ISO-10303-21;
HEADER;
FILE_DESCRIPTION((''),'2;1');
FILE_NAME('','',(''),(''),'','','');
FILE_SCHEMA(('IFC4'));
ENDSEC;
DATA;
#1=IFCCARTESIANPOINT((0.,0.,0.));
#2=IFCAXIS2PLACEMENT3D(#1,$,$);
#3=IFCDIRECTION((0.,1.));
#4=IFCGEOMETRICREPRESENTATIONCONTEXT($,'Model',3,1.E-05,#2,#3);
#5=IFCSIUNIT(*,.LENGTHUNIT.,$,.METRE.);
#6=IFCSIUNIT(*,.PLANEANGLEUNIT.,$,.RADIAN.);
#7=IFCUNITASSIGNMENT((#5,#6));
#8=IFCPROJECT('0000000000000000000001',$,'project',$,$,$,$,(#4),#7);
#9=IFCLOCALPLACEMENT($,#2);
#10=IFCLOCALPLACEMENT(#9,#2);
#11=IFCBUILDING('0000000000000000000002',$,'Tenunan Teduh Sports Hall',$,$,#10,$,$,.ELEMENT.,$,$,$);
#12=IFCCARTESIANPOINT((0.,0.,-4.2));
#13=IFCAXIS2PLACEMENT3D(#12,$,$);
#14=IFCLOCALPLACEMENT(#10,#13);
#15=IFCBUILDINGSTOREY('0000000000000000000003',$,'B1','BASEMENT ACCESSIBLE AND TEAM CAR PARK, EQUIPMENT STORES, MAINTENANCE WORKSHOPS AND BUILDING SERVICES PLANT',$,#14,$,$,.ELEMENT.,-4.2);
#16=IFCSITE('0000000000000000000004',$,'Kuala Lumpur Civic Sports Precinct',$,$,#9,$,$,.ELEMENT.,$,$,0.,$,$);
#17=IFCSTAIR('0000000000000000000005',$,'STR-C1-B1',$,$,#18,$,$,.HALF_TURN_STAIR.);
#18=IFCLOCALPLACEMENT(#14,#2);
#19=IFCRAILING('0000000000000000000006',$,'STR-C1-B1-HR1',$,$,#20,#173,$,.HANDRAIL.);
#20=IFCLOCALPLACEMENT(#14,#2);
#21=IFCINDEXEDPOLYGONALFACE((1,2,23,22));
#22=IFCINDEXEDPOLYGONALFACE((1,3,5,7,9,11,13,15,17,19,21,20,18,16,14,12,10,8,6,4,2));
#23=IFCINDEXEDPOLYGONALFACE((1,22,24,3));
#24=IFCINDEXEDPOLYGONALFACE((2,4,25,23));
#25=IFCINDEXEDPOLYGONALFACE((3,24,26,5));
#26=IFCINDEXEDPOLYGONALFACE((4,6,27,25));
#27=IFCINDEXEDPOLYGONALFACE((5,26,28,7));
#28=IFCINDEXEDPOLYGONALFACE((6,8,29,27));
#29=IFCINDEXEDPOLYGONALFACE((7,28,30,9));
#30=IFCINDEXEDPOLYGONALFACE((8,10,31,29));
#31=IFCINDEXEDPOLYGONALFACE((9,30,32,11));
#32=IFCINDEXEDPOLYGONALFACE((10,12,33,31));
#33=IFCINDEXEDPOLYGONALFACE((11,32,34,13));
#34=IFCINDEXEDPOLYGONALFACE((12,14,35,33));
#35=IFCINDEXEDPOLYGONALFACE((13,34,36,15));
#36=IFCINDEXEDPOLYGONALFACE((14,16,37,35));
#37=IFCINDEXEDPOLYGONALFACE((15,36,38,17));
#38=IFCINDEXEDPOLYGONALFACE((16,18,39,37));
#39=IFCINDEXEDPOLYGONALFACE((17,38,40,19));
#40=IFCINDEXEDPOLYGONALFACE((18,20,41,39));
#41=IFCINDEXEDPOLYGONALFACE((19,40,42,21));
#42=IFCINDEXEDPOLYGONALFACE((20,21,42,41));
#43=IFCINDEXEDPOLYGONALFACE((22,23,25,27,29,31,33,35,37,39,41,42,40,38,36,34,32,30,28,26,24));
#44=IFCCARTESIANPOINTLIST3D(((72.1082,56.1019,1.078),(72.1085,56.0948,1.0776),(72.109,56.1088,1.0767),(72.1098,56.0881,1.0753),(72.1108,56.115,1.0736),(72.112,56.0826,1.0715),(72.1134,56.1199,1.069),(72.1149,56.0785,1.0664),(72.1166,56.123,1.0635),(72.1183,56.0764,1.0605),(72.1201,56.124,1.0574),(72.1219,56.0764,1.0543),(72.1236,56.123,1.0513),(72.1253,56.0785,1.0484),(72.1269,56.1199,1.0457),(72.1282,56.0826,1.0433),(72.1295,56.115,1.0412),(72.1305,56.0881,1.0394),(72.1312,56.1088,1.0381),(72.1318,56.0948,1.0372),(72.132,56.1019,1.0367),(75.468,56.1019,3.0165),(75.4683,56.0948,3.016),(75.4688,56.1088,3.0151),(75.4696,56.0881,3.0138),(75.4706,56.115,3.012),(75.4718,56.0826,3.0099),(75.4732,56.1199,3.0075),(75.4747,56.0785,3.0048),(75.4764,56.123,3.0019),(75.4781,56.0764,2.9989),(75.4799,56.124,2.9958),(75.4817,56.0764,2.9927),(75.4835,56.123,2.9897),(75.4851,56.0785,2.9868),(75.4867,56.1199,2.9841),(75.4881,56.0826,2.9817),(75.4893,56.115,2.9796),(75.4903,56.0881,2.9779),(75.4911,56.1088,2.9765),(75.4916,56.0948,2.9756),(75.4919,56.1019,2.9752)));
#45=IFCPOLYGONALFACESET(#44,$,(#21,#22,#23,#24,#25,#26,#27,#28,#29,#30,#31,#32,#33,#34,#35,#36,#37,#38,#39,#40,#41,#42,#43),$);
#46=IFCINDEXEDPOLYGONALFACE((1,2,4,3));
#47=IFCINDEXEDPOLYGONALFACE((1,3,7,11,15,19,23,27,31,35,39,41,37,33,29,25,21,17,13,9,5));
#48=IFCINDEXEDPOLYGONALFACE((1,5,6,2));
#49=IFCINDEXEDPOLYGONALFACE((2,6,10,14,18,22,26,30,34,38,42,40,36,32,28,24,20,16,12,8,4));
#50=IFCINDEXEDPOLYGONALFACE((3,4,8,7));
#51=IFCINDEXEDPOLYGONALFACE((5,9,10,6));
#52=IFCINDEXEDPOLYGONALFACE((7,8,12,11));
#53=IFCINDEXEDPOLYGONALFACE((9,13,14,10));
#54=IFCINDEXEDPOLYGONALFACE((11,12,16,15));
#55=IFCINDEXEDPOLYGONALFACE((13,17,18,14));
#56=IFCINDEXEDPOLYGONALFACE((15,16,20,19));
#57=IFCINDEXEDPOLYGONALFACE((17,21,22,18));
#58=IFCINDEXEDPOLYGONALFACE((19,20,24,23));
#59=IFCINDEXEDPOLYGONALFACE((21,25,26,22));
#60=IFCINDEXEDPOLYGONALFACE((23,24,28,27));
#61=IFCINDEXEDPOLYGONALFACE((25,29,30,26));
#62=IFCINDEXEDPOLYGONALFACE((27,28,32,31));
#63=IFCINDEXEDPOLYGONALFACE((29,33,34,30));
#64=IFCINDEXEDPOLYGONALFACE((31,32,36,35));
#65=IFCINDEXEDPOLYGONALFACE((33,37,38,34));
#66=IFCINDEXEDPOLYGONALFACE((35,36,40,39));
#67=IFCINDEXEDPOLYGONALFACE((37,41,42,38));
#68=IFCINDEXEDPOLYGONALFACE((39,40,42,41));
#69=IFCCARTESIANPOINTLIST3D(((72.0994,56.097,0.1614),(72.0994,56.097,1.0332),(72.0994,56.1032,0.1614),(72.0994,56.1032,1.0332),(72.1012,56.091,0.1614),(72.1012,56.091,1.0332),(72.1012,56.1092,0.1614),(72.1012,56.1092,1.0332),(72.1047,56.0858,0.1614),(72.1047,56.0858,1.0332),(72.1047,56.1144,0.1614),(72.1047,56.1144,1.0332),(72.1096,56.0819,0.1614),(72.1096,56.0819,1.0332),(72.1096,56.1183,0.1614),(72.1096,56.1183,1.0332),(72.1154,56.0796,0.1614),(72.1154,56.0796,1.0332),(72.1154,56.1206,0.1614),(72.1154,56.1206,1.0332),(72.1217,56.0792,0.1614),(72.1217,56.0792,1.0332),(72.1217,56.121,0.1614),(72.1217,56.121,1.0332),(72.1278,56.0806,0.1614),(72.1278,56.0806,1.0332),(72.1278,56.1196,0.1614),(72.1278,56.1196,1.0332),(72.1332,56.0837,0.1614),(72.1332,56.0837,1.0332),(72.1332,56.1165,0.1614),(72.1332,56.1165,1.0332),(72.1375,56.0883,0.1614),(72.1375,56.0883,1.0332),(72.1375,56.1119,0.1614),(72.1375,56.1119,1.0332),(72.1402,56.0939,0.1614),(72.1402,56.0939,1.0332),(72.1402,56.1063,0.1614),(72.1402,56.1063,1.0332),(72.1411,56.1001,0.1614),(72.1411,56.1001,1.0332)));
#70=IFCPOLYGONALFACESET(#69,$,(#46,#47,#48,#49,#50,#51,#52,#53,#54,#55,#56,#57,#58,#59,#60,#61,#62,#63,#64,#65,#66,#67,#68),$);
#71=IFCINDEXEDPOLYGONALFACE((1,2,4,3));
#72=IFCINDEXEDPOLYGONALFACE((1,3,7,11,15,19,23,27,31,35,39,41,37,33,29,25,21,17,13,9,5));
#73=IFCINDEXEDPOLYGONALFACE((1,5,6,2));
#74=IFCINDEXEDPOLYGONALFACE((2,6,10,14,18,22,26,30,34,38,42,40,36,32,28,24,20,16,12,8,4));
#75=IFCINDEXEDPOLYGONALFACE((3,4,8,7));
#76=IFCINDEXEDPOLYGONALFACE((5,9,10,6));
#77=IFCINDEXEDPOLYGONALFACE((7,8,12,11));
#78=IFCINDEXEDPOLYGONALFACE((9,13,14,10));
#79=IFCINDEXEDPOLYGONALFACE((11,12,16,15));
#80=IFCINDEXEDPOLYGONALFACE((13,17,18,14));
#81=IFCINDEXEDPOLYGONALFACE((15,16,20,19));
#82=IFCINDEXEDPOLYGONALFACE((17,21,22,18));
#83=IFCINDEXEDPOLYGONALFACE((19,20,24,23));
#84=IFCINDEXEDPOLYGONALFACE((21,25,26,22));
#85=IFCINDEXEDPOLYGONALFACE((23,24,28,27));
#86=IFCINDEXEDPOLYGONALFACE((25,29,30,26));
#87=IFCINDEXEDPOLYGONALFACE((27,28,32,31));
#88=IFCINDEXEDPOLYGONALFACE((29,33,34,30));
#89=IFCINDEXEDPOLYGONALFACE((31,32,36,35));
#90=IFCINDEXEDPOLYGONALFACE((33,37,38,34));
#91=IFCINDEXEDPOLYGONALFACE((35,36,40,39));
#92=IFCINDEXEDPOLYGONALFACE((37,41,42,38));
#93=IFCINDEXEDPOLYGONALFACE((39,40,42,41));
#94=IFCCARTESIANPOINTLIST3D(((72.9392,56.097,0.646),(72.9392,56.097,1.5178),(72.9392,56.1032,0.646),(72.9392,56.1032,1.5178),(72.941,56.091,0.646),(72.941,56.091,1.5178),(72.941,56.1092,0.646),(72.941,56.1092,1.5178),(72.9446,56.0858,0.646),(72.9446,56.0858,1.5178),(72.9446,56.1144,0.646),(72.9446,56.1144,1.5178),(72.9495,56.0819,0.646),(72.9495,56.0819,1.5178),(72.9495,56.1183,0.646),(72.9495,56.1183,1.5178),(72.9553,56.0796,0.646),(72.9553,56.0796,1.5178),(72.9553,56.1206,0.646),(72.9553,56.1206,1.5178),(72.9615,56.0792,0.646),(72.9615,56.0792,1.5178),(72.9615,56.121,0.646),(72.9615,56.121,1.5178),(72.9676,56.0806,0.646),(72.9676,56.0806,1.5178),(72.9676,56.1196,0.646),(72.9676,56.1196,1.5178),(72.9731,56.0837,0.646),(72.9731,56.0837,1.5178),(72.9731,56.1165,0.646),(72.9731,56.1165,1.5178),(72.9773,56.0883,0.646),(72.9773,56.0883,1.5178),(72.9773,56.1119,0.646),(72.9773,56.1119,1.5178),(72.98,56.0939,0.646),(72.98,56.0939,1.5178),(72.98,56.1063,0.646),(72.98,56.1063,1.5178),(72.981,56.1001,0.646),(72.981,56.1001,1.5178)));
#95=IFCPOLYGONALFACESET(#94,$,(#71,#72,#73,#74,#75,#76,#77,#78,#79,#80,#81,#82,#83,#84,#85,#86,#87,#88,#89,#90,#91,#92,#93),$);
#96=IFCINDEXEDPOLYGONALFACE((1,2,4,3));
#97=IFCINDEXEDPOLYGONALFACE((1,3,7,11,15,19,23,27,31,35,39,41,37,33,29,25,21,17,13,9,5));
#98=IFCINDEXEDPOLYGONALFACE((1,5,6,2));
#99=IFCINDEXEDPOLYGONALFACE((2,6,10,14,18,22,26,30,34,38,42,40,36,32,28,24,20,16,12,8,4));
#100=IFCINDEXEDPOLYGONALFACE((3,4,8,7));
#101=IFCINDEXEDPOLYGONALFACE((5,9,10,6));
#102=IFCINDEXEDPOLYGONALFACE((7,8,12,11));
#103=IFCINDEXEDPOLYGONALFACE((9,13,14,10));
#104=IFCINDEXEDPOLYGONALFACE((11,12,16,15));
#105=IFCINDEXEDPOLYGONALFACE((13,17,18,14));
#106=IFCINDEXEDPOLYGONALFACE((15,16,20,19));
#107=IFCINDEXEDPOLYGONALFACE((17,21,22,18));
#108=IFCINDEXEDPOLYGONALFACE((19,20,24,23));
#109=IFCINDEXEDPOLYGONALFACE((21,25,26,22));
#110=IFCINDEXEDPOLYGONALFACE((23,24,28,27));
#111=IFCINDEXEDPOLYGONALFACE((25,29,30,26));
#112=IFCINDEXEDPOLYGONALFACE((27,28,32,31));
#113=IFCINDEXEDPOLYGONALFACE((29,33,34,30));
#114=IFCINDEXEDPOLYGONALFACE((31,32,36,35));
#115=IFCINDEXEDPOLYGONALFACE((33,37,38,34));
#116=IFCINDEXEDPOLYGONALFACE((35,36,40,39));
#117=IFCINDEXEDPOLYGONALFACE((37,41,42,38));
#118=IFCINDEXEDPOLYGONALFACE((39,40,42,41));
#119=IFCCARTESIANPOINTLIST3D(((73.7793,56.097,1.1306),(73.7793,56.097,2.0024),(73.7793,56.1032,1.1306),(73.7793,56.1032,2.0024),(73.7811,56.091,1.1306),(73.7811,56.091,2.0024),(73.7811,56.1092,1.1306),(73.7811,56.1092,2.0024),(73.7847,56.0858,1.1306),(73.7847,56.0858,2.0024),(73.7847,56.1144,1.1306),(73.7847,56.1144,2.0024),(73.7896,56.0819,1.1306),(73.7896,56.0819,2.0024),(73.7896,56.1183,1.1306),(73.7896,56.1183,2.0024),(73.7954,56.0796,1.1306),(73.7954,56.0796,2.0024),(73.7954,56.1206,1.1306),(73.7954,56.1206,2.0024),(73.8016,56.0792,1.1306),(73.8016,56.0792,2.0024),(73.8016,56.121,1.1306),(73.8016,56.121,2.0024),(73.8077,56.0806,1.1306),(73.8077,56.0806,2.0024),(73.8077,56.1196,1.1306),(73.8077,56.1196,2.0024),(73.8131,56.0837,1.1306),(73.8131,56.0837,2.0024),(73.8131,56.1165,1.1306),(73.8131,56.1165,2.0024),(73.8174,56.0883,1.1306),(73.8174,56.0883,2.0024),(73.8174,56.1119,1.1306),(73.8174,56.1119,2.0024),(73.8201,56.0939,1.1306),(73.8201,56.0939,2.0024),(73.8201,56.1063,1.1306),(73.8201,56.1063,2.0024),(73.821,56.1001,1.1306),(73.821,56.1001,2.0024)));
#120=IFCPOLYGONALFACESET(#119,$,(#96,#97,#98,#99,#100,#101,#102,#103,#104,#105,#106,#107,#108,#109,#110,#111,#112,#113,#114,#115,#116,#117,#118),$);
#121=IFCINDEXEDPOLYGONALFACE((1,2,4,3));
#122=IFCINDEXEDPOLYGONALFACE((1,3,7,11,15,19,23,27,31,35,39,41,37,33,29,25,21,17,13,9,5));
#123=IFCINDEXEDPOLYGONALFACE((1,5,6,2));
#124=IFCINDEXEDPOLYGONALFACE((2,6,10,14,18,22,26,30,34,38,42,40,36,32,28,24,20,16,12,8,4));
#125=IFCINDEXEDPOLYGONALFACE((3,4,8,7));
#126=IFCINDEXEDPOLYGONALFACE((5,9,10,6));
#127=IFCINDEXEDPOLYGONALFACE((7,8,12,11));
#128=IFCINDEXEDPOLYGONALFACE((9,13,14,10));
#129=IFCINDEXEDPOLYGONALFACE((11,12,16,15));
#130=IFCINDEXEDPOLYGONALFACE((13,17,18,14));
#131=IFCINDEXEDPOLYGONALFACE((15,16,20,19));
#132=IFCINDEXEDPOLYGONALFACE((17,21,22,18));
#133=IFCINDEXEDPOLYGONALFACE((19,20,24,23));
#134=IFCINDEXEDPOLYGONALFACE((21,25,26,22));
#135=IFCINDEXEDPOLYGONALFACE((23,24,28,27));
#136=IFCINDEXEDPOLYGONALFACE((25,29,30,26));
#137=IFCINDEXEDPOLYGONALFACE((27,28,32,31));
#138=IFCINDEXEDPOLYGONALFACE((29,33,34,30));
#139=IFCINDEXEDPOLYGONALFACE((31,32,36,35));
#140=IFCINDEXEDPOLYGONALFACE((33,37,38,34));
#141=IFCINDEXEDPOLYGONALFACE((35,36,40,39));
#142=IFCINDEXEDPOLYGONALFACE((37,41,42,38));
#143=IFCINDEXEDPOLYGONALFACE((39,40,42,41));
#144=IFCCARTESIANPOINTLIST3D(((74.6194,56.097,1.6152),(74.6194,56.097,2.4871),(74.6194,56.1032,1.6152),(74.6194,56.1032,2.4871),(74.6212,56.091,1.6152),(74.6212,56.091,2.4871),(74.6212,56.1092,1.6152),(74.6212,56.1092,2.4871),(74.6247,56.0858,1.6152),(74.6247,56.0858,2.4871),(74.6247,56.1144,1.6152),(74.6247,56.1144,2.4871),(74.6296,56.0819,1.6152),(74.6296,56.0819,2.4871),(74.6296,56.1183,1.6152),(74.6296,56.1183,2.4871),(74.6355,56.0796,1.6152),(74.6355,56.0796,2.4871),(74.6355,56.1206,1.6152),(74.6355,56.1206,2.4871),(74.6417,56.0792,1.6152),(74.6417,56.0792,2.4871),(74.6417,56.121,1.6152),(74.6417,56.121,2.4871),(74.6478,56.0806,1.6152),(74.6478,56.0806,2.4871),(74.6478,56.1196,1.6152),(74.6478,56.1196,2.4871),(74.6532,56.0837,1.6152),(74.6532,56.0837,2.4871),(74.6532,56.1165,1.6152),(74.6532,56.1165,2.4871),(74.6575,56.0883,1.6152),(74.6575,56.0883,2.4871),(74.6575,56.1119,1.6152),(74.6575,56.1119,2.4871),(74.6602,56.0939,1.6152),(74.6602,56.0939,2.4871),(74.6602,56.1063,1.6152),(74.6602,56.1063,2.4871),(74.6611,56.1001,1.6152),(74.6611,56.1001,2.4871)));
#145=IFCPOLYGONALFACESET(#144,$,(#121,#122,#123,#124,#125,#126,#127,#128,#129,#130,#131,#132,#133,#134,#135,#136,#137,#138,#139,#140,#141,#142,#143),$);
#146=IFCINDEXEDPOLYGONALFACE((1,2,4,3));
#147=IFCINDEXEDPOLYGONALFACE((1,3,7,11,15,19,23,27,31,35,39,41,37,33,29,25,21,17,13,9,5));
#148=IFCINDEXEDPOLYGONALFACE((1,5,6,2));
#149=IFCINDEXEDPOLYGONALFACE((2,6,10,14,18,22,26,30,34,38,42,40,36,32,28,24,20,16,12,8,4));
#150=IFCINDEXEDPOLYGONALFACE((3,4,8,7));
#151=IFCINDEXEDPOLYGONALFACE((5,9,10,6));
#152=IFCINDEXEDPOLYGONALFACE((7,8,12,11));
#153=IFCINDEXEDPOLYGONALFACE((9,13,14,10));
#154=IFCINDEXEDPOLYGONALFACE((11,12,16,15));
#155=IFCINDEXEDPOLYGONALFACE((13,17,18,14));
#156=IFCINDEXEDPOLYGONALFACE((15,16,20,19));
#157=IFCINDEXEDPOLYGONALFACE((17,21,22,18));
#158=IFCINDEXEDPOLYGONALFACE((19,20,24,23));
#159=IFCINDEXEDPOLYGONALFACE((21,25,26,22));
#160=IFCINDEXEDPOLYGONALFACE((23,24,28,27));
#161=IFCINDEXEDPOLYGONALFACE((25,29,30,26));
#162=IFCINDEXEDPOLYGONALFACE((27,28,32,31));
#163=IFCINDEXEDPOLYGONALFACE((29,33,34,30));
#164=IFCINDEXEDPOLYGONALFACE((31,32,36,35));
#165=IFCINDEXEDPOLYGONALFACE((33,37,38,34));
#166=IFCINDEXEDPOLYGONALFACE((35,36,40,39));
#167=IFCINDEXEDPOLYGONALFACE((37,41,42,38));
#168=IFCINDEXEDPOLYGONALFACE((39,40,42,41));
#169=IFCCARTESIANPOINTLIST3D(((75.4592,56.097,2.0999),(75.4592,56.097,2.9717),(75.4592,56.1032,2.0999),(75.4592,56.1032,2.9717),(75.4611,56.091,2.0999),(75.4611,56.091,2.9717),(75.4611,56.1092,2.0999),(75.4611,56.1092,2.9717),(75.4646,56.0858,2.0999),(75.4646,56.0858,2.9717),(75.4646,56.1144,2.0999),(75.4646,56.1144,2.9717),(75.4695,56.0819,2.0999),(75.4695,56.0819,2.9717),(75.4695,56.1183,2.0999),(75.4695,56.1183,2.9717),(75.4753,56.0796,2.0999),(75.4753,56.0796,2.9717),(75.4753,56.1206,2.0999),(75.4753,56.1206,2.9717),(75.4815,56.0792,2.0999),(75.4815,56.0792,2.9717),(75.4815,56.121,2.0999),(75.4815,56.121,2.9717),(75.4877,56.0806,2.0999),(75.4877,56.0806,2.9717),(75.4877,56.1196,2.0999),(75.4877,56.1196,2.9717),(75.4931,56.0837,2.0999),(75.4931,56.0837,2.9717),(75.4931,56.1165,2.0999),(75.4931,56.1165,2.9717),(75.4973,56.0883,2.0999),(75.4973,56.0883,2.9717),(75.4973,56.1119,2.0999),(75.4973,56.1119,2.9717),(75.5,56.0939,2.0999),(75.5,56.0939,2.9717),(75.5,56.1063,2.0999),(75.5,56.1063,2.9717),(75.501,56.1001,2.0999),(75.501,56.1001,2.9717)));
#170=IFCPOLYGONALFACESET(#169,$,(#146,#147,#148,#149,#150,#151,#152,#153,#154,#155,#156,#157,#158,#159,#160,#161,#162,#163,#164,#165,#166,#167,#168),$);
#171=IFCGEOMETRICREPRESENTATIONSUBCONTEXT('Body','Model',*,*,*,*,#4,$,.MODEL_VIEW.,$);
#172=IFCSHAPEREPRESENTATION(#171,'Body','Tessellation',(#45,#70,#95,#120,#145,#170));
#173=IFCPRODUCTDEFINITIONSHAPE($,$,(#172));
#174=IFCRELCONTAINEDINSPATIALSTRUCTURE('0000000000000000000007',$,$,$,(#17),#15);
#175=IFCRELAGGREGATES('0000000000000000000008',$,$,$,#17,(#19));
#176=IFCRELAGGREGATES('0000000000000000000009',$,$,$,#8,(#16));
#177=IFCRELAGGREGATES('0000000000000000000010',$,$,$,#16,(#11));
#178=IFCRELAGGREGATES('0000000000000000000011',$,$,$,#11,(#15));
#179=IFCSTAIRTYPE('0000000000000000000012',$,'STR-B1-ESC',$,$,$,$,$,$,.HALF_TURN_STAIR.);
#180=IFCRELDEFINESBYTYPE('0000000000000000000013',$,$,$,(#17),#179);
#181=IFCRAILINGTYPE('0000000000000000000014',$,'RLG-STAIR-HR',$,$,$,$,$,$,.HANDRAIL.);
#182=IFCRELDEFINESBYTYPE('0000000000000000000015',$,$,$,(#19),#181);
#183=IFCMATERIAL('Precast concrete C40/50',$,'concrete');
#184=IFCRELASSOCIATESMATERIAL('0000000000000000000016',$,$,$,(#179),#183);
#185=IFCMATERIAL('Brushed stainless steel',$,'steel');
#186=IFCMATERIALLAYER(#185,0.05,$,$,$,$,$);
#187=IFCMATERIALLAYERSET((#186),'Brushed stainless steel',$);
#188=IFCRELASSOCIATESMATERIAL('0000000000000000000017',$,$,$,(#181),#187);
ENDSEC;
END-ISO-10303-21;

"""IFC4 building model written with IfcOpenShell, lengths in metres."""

from ifc_helpers import new_model, si_unit, direction, frame, origin, origin_2d, place, context, subcontext, project, spatial, circle, extrude, material, layer, layer_set, type_object, element, aggregate, save


model = new_model("IFC4")

# Units and contexts
model_context = context("Model", 3, precision=1e-05, world=origin(), true_north=direction((0.0, 1.0)))
body_context = subcontext(model_context, "Body", "Model", "MODEL_VIEW")
ifc_project = project(units=[si_unit("LENGTHUNIT", "METRE"), si_unit("PLANEANGLEUNIT", "RADIAN")], contexts=[model_context])

# Site, building, storey
site_placement = place(None, origin())
site = spatial("IfcSite", under=ifc_project, at=site_placement, Name="Kuala Lumpur Civic Sports Precinct", CompositionType="ELEMENT", RefElevation=0.0)
building_placement = place(site_placement, origin())
building = spatial("IfcBuilding", under=site, at=building_placement, Name="Tenunan Teduh Sports Hall", CompositionType="ELEMENT")
storey_placement = place(building_placement, frame((0.0, 0.0, -4.2)))
storey = spatial("IfcBuildingStorey", under=building, at=storey_placement, Name="B1", Description="BASEMENT ACCESSIBLE AND TEAM CAR PARK, EQUIPMENT STORES, MAINTENANCE WORKSHOPS AND BUILDING SERVICES PLANT", CompositionType="ELEMENT", Elevation=-4.2)

# Stair
ifc_material_1 = material(Name="Precast concrete C40/50", Category="concrete")
stair_type = type_object("IfcStairType", Name="STR-B1-ESC", PredefinedType="HALF_TURN_STAIR", material=ifc_material_1)
stair_placement = place(storey_placement, origin())
stair = element("IfcStair", 1, at=stair_placement, inside=storey, type_object=stair_type, Name="STR-C1-B1", PredefinedType="HALF_TURN_STAIR")

# Railing
ifc_material_2 = material(Name="Brushed stainless steel", Category="steel")
ifc_layer_1 = layer(ifc_material_2, 0.05)
ifc_layer_set_1 = layer_set([ifc_layer_1], Name="Brushed stainless steel")
railing_type_1 = type_object("IfcRailingType", Name="RLG-STAIR-HR", PredefinedType="HANDRAIL", material=ifc_layer_set_1)
railing_1_placement = place(storey_placement, frame((72.1201, 56.1001, 0.1614)))
railing_1 = element("IfcRailing", 2, at=railing_1_placement, type_object=railing_type_1, Name="STR-C1-B1-HR1", PredefinedType="HANDRAIL", context=body_context, shape_type="SweptSolid", body=[
    extrude(circle(Radius=0.0239, at=origin_2d()), frame((0.0, 0.0, 0.896), z_axis=(0.866175, 0.0, 0.499741), x_axis=(0.0, 1.0, 0.0)), (0.0, 0.0, 1.0), 3.8789),
    extrude(circle(Radius=0.021, at=origin_2d()), origin(), (0.0, 0.0, 1.0), 0.8718),
    extrude(circle(Radius=0.021, at=origin_2d()), frame((0.8398, 0.0, 0.4846)), (0.0, 0.0, 1.0), 0.8718),
    extrude(circle(Radius=0.021, at=origin_2d()), frame((1.6799, 0.0, 0.9692)), (0.0, 0.0, 1.0), 0.8718),
    extrude(circle(Radius=0.021, at=origin_2d()), frame((2.52, 0.0, 1.4539)), (0.0, 0.0, 1.0), 0.8718),
    extrude(circle(Radius=0.021, at=origin_2d()), frame((3.3599, 0.0, 1.9385)), (0.0, 0.0, 1.0), 0.8718),
])
aggregate(stair, [railing_1])

save(model, "model.ifc")
